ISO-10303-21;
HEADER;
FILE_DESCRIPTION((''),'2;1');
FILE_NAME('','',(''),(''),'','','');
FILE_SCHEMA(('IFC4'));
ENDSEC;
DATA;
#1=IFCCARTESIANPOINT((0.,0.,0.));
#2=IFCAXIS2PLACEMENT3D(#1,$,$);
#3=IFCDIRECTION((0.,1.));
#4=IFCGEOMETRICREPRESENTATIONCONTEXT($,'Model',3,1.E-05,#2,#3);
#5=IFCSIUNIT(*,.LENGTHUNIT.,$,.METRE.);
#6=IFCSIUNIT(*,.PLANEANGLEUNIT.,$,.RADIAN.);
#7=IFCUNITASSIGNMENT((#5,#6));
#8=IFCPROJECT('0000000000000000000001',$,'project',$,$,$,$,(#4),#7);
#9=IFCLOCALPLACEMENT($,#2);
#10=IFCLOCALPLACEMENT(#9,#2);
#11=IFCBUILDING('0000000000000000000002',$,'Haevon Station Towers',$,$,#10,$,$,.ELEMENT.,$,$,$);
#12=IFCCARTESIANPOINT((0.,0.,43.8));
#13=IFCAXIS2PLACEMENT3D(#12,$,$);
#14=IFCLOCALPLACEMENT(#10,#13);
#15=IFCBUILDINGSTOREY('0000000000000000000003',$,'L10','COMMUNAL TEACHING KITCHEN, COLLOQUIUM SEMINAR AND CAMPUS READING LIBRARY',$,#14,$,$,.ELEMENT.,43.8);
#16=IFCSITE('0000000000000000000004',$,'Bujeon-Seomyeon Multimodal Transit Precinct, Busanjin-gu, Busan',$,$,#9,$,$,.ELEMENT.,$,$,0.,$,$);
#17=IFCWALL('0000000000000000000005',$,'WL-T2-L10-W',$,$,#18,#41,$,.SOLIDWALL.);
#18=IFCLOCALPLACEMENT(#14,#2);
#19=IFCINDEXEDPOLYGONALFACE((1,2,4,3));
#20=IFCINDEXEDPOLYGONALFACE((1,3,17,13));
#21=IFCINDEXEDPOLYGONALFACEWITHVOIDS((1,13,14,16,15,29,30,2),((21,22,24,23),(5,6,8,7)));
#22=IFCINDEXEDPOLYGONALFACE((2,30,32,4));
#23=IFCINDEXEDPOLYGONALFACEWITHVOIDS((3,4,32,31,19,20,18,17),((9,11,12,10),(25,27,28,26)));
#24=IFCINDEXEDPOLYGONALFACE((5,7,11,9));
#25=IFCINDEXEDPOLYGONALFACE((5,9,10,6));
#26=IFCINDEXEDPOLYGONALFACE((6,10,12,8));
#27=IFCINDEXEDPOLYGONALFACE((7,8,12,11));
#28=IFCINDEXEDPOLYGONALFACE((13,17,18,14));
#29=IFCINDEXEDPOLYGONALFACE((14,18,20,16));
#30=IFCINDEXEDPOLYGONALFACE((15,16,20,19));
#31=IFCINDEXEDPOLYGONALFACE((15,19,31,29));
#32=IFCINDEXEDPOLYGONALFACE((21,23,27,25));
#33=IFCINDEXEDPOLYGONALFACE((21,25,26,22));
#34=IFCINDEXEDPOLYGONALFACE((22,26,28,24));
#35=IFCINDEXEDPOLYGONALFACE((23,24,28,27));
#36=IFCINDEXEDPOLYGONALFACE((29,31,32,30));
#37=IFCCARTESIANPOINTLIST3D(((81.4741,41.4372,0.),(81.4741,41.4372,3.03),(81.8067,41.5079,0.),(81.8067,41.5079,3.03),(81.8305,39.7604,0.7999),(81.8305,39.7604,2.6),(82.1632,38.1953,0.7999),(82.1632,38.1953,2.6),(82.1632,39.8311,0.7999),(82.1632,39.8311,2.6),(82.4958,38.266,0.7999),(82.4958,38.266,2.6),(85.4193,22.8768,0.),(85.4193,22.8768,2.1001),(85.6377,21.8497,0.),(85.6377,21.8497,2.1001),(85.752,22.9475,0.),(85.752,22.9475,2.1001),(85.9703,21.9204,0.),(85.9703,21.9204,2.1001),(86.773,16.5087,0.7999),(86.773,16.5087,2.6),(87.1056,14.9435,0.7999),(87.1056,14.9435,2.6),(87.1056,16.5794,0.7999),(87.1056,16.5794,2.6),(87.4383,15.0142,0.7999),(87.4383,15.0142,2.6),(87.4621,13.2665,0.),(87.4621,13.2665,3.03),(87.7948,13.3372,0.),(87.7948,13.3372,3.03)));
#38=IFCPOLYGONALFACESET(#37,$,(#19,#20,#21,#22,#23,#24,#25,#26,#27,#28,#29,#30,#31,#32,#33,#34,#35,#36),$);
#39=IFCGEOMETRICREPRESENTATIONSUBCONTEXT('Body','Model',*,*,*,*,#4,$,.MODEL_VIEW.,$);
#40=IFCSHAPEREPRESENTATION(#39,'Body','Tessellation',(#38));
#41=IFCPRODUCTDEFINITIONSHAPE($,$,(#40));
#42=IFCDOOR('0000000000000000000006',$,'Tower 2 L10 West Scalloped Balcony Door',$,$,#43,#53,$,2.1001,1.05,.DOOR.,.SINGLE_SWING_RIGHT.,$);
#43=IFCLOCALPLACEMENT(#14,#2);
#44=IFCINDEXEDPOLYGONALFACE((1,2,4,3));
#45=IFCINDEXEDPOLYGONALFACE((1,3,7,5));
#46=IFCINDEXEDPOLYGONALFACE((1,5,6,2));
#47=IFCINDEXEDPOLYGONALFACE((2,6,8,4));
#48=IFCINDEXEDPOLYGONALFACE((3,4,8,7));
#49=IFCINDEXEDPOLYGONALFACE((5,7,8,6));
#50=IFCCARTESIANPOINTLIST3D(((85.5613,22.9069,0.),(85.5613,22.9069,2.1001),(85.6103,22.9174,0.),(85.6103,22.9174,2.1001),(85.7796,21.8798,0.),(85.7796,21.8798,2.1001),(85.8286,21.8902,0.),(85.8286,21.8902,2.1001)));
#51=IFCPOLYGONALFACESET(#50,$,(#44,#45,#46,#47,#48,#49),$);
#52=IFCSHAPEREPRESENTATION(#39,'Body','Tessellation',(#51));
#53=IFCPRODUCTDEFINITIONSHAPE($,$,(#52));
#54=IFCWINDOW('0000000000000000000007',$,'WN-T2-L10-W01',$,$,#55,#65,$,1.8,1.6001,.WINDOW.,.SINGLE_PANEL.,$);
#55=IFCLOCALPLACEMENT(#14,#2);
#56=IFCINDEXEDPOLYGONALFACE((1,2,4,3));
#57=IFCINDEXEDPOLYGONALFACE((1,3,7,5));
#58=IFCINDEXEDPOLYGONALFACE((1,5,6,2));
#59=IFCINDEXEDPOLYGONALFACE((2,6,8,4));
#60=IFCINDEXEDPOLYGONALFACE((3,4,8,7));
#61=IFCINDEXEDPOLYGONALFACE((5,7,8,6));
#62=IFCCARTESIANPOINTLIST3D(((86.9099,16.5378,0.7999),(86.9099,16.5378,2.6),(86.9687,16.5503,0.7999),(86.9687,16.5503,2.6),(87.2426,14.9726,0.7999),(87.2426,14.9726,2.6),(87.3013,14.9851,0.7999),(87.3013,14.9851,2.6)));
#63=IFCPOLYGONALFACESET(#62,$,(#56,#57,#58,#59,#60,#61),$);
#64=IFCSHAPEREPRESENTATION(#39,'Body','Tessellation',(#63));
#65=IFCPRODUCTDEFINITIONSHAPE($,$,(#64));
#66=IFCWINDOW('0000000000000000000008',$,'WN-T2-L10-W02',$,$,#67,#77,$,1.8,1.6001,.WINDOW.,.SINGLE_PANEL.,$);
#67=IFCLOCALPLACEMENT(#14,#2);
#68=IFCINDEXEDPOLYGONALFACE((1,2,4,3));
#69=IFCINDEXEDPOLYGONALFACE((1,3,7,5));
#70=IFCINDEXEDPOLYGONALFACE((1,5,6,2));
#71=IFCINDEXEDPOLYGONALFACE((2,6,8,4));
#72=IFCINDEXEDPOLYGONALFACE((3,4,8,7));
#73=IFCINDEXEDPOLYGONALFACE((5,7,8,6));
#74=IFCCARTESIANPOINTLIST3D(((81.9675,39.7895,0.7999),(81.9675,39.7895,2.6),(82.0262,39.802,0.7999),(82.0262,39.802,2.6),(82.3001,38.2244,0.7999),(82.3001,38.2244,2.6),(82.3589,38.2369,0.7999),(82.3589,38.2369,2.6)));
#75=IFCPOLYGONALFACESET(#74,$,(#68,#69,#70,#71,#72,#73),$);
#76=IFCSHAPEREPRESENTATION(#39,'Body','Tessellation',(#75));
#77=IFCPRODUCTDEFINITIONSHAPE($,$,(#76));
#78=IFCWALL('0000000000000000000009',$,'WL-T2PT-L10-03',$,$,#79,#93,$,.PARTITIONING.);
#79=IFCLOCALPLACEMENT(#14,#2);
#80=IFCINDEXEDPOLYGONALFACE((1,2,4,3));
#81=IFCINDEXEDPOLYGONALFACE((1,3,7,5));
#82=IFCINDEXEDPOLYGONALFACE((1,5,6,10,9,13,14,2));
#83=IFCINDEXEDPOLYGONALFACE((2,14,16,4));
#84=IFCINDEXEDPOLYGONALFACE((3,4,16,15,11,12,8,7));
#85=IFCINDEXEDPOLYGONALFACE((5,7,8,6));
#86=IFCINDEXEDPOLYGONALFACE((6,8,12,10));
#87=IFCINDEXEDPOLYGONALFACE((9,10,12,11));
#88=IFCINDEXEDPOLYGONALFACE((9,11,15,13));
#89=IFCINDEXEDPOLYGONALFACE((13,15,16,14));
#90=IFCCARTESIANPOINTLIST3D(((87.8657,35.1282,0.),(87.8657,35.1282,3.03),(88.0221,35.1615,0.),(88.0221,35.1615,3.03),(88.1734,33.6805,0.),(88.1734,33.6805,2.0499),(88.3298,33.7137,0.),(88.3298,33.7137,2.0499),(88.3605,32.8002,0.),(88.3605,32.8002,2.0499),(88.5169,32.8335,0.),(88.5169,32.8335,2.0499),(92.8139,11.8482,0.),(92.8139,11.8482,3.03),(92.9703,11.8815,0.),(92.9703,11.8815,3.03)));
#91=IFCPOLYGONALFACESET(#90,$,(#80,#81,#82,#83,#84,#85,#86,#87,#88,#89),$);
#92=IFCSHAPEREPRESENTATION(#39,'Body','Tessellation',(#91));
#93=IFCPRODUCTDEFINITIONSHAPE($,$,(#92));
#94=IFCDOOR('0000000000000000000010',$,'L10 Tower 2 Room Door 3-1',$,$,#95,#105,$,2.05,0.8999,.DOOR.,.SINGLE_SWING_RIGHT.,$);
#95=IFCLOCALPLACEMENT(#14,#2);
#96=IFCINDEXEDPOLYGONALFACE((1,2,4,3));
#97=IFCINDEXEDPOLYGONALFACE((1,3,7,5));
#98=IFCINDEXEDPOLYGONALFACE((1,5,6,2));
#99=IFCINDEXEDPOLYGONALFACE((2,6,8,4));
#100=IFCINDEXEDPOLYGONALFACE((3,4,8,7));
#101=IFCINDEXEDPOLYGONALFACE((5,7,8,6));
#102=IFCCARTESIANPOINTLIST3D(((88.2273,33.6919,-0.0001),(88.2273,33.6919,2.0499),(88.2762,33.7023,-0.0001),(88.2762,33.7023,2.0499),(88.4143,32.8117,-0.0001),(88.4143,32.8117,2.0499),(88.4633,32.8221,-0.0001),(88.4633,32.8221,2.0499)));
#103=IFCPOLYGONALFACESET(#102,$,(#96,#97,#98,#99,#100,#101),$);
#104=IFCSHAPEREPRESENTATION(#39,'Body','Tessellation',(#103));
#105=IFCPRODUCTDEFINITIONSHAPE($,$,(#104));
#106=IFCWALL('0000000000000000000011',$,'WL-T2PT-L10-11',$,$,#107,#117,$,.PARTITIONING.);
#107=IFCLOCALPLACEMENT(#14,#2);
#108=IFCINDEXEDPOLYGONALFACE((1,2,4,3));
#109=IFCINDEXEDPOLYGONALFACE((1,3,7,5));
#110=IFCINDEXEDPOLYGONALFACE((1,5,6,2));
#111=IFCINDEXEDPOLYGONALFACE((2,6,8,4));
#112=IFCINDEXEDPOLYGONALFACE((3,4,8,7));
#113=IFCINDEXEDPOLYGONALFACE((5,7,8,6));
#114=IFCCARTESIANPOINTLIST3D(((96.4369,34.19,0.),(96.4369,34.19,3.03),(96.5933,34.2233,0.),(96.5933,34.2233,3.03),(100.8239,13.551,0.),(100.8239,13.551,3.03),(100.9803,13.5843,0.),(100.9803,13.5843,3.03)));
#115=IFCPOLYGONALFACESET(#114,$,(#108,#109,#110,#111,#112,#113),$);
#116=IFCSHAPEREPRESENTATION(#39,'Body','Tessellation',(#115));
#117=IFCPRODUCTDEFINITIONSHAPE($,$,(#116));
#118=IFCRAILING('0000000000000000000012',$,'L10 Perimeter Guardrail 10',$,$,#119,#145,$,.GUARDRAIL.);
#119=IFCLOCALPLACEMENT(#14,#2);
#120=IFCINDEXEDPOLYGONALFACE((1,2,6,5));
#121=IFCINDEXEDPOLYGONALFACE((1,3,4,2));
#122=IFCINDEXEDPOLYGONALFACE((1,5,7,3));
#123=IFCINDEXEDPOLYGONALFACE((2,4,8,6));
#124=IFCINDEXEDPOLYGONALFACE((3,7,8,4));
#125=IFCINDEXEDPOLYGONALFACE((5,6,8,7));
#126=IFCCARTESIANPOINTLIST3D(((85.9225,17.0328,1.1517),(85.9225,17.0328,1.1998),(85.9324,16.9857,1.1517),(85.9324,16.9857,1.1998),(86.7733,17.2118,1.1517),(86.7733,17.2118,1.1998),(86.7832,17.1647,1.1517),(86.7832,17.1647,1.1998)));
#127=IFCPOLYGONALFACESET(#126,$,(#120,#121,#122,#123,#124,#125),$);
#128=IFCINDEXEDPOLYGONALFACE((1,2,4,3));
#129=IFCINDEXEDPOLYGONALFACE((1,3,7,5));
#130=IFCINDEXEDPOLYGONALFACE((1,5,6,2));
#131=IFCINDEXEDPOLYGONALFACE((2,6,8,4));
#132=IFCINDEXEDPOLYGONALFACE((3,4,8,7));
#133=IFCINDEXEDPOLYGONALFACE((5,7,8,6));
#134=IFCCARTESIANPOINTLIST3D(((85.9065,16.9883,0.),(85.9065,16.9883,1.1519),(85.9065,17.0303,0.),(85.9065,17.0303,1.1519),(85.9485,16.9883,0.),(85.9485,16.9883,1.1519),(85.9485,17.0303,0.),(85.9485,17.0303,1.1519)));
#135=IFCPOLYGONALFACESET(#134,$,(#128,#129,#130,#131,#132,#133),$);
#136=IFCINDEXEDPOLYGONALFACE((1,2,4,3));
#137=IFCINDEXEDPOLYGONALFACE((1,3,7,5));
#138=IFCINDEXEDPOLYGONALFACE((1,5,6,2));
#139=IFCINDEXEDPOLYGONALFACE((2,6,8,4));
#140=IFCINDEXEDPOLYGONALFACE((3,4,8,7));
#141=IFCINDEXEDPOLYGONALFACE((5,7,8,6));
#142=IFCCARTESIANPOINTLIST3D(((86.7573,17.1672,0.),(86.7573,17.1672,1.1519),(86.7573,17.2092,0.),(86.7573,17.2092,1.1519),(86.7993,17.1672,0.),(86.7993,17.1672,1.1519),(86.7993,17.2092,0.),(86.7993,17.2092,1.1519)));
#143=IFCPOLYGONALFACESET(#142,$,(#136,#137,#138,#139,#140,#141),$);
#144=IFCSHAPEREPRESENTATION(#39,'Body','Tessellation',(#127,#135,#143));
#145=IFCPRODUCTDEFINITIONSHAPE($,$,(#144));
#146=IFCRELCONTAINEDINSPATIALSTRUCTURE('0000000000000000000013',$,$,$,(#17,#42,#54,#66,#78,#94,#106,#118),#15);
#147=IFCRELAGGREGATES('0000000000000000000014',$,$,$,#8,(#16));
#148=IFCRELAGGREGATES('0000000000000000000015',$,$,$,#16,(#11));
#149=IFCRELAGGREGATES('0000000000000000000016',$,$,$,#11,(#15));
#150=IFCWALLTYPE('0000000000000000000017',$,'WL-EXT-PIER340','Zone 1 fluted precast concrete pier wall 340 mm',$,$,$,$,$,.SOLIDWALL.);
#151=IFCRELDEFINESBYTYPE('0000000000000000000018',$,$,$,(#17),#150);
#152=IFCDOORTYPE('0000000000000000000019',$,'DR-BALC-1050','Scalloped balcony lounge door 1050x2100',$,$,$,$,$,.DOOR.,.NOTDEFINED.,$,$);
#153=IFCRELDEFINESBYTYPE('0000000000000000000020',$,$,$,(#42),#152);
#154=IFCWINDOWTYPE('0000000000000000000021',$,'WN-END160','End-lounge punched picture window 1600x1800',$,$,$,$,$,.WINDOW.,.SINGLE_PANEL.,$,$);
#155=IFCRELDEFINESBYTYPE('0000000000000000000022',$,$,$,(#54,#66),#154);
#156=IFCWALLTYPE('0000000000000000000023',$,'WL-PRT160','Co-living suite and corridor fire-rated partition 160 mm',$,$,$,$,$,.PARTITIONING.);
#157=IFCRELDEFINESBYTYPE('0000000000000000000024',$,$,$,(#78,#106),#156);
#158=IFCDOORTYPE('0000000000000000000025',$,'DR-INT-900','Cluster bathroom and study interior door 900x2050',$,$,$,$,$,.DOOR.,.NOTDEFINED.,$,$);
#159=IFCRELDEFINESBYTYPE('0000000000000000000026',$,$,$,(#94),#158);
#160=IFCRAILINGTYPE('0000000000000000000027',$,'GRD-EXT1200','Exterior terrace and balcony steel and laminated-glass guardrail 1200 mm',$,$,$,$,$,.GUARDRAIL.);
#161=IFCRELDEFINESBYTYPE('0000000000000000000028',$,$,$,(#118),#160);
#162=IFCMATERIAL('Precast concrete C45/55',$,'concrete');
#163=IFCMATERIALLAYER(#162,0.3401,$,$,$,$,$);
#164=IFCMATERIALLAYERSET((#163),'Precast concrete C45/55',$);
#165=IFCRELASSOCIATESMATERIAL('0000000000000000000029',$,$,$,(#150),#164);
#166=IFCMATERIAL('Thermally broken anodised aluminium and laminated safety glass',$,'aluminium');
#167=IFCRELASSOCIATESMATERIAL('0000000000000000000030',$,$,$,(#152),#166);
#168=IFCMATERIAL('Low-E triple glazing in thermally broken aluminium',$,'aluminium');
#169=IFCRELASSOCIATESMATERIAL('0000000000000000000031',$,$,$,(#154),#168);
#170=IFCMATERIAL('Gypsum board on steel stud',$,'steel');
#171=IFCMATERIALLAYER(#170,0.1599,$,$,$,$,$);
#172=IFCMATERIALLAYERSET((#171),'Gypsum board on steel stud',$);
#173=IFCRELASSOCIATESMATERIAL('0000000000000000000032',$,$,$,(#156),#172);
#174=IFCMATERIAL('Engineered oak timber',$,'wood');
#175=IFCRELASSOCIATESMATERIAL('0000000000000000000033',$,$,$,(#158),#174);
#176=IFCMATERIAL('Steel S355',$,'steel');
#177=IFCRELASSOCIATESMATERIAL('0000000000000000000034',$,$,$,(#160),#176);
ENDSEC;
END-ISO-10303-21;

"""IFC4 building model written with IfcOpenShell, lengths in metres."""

from ifc_helpers import new_model, si_unit, direction, frame, frame_2d, origin, origin_2d, place, context, subcontext, project, spatial, rectangle, extrude, material, layer, layer_set, type_object, element, fill, save


model = new_model("IFC4")

# Units and contexts
model_context = context("Model", 3, precision=1e-05, world=origin(), true_north=direction((0.0, 1.0)))
body_context = subcontext(model_context, "Body", "Model", "MODEL_VIEW")
ifc_project = project(units=[si_unit("LENGTHUNIT", "METRE"), si_unit("PLANEANGLEUNIT", "RADIAN")], contexts=[model_context])

# Site, building, storey
site_placement = place(None, origin())
site = spatial("IfcSite", under=ifc_project, at=site_placement, Name="Bujeon-Seomyeon Multimodal Transit Precinct, Busanjin-gu, Busan", CompositionType="ELEMENT", RefElevation=0.0)
building_placement = place(site_placement, origin())
building = spatial("IfcBuilding", under=site, at=building_placement, Name="Haevon Station Towers", CompositionType="ELEMENT")
storey_placement = place(building_placement, frame((0.0, 0.0, 43.8)))
storey = spatial("IfcBuildingStorey", under=building, at=storey_placement, Name="L10", Description="COMMUNAL TEACHING KITCHEN, COLLOQUIUM SEMINAR AND CAMPUS READING LIBRARY", CompositionType="ELEMENT", Elevation=43.8)

# Shared definitions
ifc_material_1 = material(Name="Steel S355", Category="steel")

# Shared definitions
ifc_material_2 = material(Name="Precast concrete C45/55", Category="concrete")
ifc_layer_1 = layer(ifc_material_2, 0.3401)
ifc_layer_set_1 = layer_set([ifc_layer_1], Name="Precast concrete C45/55")
wall_type_1 = type_object("IfcWallType", Name="WL-EXT-PIER340", Description="Zone 1 fluted precast concrete pier wall 340 mm", PredefinedType="SOLIDWALL", material=ifc_layer_set_1)

# Wall, openings, door, windows
wall_1_placement = place(storey_placement, frame((87.6284, 13.302, 0.0), z_axis=(0.0, 0.0, 1.0), x_axis=(-0.207918, 0.978146, 0.0)))
wall_1 = element("IfcWall", 1, at=wall_1_placement, inside=storey, type_object=wall_type_1, Name="WL-T2-L10-W", PredefinedType="SOLIDWALL", context=body_context, shape_type="SweptSolid", body=[
    extrude(rectangle(XDim=28.8, YDim=0.3401, at=frame_2d((14.3999, 0.0))), origin(), (0.0, 0.0, 1.0), 3.03),
])
opening_1_placement = place(wall_1_placement, frame((8.7749, 0.0, 0.0)))
opening_1 = element("IfcOpeningElement", 2, at=opening_1_placement, cuts=wall_1, PredefinedType="OPENING", context=body_context, shape_type="SweptSolid", body=[
    extrude(rectangle(XDim=1.05, YDim=2.1001, at=frame_2d((0.5249, 1.05))), frame((0.0, 0.1799, 0.0), z_axis=(0.0, -1.0, 0.0), x_axis=(1.0, 0.0, 0.0)), (0.0, 0.0, 1.0), 0.3601),
])
opening_2_placement = place(wall_1_placement, frame((1.7144, 0.0, 0.8)))
opening_2 = element("IfcOpeningElement", 3, at=opening_2_placement, cuts=wall_1, PredefinedType="OPENING", context=body_context, shape_type="SweptSolid", body=[
    extrude(rectangle(XDim=1.6001, YDim=1.8, at=frame_2d((0.8, 0.8999))), frame((0.0, 0.1799, 0.0), z_axis=(0.0, -1.0, 0.0), x_axis=(1.0, 0.0, 0.0)), (0.0, 0.0, 1.0), 0.3601),
])
opening_3_placement = place(wall_1_placement, frame((25.4856, 0.0, 0.8)))
opening_3 = element("IfcOpeningElement", 4, at=opening_3_placement, cuts=wall_1, PredefinedType="OPENING", context=body_context, shape_type="SweptSolid", body=[
    extrude(rectangle(XDim=1.6001, YDim=1.8, at=frame_2d((0.8, 0.8999))), frame((0.0, 0.1799, 0.0), z_axis=(0.0, -1.0, 0.0), x_axis=(1.0, 0.0, 0.0)), (0.0, 0.0, 1.0), 0.3601),
])
ifc_material_3 = material(Name="Thermally broken anodised aluminium and laminated safety glass", Category="aluminium")
door_type_1 = type_object("IfcDoorType", Name="DR-BALC-1050", Description="Scalloped balcony lounge door 1050x2100", OperationType="NOTDEFINED", PredefinedType="DOOR", material=ifc_material_3)
door_1_placement = place(opening_1_placement, origin())
door_1 = element("IfcDoor", 5, at=door_1_placement, inside=storey, type_object=door_type_1, Name="Tower 2 L10 West Scalloped Balcony Door", OperationType="SINGLE_SWING_RIGHT", OverallHeight=2.1001, OverallWidth=1.05, PredefinedType="DOOR", context=body_context, shape_type="SweptSolid", body=[
    extrude(rectangle(XDim=1.05, YDim=2.1001, at=frame_2d((0.5249, 1.05))), frame((0.0, 0.0249, 0.0), z_axis=(0.0, -1.0, 0.0), x_axis=(1.0, 0.0, 0.0)), (0.0, 0.0, 1.0), 0.05),
])
fill(opening_1, door_1)
ifc_material_4 = material(Name="Low-E triple glazing in thermally broken aluminium", Category="aluminium")
window_type = type_object("IfcWindowType", Name="WN-END160", Description="End-lounge punched picture window 1600x1800", PartitioningType="SINGLE_PANEL", PredefinedType="WINDOW", material=ifc_material_4)
window_1_placement = place(opening_2_placement, origin())
window_1 = element("IfcWindow", 6, at=window_1_placement, inside=storey, type_object=window_type, Name="WN-T2-L10-W01", OverallHeight=1.8, OverallWidth=1.6001, PartitioningType="SINGLE_PANEL", PredefinedType="WINDOW", context=body_context, shape_type="SweptSolid", body=[
    extrude(rectangle(XDim=1.6001, YDim=1.8, at=frame_2d((0.8, 0.8999))), frame((0.0, 0.03, 0.0), z_axis=(0.0, -1.0, 0.0), x_axis=(1.0, 0.0, 0.0)), (0.0, 0.0, 1.0), 0.0601),
])
fill(opening_2, window_1)
window_2_placement = place(opening_3_placement, origin())
window_2 = element("IfcWindow", 7, at=window_2_placement, inside=storey, type_object=window_type, Name="WN-T2-L10-W02", OverallHeight=1.8, OverallWidth=1.6001, PartitioningType="SINGLE_PANEL", PredefinedType="WINDOW", context=body_context, shape_type="SweptSolid", body=[
    extrude(rectangle(XDim=1.6001, YDim=1.8, at=frame_2d((0.8, 0.8999))), frame((0.0, 0.03, 0.0), z_axis=(0.0, -1.0, 0.0), x_axis=(1.0, 0.0, 0.0)), (0.0, 0.0, 1.0), 0.0601),
])
fill(opening_3, window_2)

# Wall, opening, door
ifc_material_5 = material(Name="Gypsum board on steel stud", Category="steel")
ifc_layer_2 = layer(ifc_material_5, 0.1599)
ifc_layer_set_2 = layer_set([ifc_layer_2], Name="Gypsum board on steel stud")
wall_type_2 = type_object("IfcWallType", Name="WL-PRT160", Description="Co-living suite and corridor fire-rated partition 160 mm", PredefinedType="PARTITIONING", material=ifc_layer_set_2)
wall_2_placement = place(storey_placement, frame((92.8921, 11.865, 0.0), z_axis=(0.0, 0.0, 1.0), x_axis=(-0.207908, 0.978148, 0.0)))
wall_2 = element("IfcWall", 8, at=wall_2_placement, inside=storey, type_object=wall_type_2, Name="WL-T2PT-L10-03", PredefinedType="PARTITIONING", context=body_context, shape_type="SweptSolid", body=[
    extrude(rectangle(XDim=23.8, YDim=0.1599, at=frame_2d((11.8999, 0.0))), origin(), (0.0, 0.0, 1.0), 3.03),
])
opening_4_placement = place(wall_2_placement, frame((21.4199, 0.0, 0.0)))
opening_4 = element("IfcOpeningElement", 9, at=opening_4_placement, cuts=wall_2, PredefinedType="OPENING", context=body_context, shape_type="SweptSolid", body=[
    extrude(rectangle(XDim=0.8999, YDim=2.05, at=frame_2d((0.45, 1.0249))), frame((0.0, 0.0898, 0.0), z_axis=(0.0, -1.0, 0.0), x_axis=(1.0, 0.0, 0.0)), (0.0, 0.0, 1.0), 0.1799),
])
ifc_material_6 = material(Name="Engineered oak timber", Category="wood")
door_type_2 = type_object("IfcDoorType", Name="DR-INT-900", Description="Cluster bathroom and study interior door 900x2050", OperationType="NOTDEFINED", PredefinedType="DOOR", material=ifc_material_6)
door_2_placement = place(opening_4_placement, origin())
door_2 = element("IfcDoor", 10, at=door_2_placement, inside=storey, type_object=door_type_2, Name="L10 Tower 2 Room Door 3-1", OperationType="SINGLE_SWING_RIGHT", OverallHeight=2.05, OverallWidth=0.8999, PredefinedType="DOOR", context=body_context, shape_type="SweptSolid", body=[
    extrude(rectangle(XDim=0.8999, YDim=2.05, at=frame_2d((0.45, 1.0249))), frame((0.0, 0.0249, 0.0), z_axis=(0.0, -1.0, 0.0), x_axis=(1.0, 0.0, 0.0)), (0.0, 0.0, 1.0), 0.05),
])
fill(opening_4, door_2)

# Wall
wall_3_placement = place(storey_placement, frame((100.9021, 13.5676, 0.0), z_axis=(0.0, 0.0, 1.0), x_axis=(-0.207913, 0.978147, 0.0)))
element("IfcWall", 11, at=wall_3_placement, inside=storey, type_object=wall_type_2, Name="WL-T2PT-L10-11", PredefinedType="PARTITIONING", context=body_context, shape_type="SweptSolid", body=[
    extrude(rectangle(XDim=21.1001, YDim=0.1599, at=frame_2d((10.55, 0.0))), origin(), (0.0, 0.0, 1.0), 3.03),
])

# Railing
railing_type = type_object("IfcRailingType", Name="GRD-EXT1200", Description="Exterior terrace and balcony steel and laminated-glass guardrail 1200 mm", PredefinedType="GUARDRAIL", material=ifc_material_1)
railing_placement = place(storey_placement, frame((85.9275, 17.0093, 0.0)))
element("IfcRailing", 12, at=railing_placement, inside=storey, type_object=railing_type, Name="L10 Perimeter Guardrail 10", PredefinedType="GUARDRAIL", context=body_context, shape_type="SweptSolid", body=[
    extrude(rectangle(XDim=0.0481, YDim=0.0481, at=origin_2d()), frame((0.0, 0.0, 1.1758), z_axis=(0.978588, 0.205827, 0.0), x_axis=(-0.205827, 0.978588, 0.0)), (0.0, 0.0, 1.0), 0.8694),
    extrude(rectangle(XDim=0.042, YDim=0.042, at=origin_2d()), origin(), (0.0, 0.0, 1.0), 1.1519),
    extrude(rectangle(XDim=0.042, YDim=0.042, at=origin_2d()), frame((0.8508, 0.179, 0.0)), (0.0, 0.0, 1.0), 1.1519),
])

save(model, "model.ifc")
